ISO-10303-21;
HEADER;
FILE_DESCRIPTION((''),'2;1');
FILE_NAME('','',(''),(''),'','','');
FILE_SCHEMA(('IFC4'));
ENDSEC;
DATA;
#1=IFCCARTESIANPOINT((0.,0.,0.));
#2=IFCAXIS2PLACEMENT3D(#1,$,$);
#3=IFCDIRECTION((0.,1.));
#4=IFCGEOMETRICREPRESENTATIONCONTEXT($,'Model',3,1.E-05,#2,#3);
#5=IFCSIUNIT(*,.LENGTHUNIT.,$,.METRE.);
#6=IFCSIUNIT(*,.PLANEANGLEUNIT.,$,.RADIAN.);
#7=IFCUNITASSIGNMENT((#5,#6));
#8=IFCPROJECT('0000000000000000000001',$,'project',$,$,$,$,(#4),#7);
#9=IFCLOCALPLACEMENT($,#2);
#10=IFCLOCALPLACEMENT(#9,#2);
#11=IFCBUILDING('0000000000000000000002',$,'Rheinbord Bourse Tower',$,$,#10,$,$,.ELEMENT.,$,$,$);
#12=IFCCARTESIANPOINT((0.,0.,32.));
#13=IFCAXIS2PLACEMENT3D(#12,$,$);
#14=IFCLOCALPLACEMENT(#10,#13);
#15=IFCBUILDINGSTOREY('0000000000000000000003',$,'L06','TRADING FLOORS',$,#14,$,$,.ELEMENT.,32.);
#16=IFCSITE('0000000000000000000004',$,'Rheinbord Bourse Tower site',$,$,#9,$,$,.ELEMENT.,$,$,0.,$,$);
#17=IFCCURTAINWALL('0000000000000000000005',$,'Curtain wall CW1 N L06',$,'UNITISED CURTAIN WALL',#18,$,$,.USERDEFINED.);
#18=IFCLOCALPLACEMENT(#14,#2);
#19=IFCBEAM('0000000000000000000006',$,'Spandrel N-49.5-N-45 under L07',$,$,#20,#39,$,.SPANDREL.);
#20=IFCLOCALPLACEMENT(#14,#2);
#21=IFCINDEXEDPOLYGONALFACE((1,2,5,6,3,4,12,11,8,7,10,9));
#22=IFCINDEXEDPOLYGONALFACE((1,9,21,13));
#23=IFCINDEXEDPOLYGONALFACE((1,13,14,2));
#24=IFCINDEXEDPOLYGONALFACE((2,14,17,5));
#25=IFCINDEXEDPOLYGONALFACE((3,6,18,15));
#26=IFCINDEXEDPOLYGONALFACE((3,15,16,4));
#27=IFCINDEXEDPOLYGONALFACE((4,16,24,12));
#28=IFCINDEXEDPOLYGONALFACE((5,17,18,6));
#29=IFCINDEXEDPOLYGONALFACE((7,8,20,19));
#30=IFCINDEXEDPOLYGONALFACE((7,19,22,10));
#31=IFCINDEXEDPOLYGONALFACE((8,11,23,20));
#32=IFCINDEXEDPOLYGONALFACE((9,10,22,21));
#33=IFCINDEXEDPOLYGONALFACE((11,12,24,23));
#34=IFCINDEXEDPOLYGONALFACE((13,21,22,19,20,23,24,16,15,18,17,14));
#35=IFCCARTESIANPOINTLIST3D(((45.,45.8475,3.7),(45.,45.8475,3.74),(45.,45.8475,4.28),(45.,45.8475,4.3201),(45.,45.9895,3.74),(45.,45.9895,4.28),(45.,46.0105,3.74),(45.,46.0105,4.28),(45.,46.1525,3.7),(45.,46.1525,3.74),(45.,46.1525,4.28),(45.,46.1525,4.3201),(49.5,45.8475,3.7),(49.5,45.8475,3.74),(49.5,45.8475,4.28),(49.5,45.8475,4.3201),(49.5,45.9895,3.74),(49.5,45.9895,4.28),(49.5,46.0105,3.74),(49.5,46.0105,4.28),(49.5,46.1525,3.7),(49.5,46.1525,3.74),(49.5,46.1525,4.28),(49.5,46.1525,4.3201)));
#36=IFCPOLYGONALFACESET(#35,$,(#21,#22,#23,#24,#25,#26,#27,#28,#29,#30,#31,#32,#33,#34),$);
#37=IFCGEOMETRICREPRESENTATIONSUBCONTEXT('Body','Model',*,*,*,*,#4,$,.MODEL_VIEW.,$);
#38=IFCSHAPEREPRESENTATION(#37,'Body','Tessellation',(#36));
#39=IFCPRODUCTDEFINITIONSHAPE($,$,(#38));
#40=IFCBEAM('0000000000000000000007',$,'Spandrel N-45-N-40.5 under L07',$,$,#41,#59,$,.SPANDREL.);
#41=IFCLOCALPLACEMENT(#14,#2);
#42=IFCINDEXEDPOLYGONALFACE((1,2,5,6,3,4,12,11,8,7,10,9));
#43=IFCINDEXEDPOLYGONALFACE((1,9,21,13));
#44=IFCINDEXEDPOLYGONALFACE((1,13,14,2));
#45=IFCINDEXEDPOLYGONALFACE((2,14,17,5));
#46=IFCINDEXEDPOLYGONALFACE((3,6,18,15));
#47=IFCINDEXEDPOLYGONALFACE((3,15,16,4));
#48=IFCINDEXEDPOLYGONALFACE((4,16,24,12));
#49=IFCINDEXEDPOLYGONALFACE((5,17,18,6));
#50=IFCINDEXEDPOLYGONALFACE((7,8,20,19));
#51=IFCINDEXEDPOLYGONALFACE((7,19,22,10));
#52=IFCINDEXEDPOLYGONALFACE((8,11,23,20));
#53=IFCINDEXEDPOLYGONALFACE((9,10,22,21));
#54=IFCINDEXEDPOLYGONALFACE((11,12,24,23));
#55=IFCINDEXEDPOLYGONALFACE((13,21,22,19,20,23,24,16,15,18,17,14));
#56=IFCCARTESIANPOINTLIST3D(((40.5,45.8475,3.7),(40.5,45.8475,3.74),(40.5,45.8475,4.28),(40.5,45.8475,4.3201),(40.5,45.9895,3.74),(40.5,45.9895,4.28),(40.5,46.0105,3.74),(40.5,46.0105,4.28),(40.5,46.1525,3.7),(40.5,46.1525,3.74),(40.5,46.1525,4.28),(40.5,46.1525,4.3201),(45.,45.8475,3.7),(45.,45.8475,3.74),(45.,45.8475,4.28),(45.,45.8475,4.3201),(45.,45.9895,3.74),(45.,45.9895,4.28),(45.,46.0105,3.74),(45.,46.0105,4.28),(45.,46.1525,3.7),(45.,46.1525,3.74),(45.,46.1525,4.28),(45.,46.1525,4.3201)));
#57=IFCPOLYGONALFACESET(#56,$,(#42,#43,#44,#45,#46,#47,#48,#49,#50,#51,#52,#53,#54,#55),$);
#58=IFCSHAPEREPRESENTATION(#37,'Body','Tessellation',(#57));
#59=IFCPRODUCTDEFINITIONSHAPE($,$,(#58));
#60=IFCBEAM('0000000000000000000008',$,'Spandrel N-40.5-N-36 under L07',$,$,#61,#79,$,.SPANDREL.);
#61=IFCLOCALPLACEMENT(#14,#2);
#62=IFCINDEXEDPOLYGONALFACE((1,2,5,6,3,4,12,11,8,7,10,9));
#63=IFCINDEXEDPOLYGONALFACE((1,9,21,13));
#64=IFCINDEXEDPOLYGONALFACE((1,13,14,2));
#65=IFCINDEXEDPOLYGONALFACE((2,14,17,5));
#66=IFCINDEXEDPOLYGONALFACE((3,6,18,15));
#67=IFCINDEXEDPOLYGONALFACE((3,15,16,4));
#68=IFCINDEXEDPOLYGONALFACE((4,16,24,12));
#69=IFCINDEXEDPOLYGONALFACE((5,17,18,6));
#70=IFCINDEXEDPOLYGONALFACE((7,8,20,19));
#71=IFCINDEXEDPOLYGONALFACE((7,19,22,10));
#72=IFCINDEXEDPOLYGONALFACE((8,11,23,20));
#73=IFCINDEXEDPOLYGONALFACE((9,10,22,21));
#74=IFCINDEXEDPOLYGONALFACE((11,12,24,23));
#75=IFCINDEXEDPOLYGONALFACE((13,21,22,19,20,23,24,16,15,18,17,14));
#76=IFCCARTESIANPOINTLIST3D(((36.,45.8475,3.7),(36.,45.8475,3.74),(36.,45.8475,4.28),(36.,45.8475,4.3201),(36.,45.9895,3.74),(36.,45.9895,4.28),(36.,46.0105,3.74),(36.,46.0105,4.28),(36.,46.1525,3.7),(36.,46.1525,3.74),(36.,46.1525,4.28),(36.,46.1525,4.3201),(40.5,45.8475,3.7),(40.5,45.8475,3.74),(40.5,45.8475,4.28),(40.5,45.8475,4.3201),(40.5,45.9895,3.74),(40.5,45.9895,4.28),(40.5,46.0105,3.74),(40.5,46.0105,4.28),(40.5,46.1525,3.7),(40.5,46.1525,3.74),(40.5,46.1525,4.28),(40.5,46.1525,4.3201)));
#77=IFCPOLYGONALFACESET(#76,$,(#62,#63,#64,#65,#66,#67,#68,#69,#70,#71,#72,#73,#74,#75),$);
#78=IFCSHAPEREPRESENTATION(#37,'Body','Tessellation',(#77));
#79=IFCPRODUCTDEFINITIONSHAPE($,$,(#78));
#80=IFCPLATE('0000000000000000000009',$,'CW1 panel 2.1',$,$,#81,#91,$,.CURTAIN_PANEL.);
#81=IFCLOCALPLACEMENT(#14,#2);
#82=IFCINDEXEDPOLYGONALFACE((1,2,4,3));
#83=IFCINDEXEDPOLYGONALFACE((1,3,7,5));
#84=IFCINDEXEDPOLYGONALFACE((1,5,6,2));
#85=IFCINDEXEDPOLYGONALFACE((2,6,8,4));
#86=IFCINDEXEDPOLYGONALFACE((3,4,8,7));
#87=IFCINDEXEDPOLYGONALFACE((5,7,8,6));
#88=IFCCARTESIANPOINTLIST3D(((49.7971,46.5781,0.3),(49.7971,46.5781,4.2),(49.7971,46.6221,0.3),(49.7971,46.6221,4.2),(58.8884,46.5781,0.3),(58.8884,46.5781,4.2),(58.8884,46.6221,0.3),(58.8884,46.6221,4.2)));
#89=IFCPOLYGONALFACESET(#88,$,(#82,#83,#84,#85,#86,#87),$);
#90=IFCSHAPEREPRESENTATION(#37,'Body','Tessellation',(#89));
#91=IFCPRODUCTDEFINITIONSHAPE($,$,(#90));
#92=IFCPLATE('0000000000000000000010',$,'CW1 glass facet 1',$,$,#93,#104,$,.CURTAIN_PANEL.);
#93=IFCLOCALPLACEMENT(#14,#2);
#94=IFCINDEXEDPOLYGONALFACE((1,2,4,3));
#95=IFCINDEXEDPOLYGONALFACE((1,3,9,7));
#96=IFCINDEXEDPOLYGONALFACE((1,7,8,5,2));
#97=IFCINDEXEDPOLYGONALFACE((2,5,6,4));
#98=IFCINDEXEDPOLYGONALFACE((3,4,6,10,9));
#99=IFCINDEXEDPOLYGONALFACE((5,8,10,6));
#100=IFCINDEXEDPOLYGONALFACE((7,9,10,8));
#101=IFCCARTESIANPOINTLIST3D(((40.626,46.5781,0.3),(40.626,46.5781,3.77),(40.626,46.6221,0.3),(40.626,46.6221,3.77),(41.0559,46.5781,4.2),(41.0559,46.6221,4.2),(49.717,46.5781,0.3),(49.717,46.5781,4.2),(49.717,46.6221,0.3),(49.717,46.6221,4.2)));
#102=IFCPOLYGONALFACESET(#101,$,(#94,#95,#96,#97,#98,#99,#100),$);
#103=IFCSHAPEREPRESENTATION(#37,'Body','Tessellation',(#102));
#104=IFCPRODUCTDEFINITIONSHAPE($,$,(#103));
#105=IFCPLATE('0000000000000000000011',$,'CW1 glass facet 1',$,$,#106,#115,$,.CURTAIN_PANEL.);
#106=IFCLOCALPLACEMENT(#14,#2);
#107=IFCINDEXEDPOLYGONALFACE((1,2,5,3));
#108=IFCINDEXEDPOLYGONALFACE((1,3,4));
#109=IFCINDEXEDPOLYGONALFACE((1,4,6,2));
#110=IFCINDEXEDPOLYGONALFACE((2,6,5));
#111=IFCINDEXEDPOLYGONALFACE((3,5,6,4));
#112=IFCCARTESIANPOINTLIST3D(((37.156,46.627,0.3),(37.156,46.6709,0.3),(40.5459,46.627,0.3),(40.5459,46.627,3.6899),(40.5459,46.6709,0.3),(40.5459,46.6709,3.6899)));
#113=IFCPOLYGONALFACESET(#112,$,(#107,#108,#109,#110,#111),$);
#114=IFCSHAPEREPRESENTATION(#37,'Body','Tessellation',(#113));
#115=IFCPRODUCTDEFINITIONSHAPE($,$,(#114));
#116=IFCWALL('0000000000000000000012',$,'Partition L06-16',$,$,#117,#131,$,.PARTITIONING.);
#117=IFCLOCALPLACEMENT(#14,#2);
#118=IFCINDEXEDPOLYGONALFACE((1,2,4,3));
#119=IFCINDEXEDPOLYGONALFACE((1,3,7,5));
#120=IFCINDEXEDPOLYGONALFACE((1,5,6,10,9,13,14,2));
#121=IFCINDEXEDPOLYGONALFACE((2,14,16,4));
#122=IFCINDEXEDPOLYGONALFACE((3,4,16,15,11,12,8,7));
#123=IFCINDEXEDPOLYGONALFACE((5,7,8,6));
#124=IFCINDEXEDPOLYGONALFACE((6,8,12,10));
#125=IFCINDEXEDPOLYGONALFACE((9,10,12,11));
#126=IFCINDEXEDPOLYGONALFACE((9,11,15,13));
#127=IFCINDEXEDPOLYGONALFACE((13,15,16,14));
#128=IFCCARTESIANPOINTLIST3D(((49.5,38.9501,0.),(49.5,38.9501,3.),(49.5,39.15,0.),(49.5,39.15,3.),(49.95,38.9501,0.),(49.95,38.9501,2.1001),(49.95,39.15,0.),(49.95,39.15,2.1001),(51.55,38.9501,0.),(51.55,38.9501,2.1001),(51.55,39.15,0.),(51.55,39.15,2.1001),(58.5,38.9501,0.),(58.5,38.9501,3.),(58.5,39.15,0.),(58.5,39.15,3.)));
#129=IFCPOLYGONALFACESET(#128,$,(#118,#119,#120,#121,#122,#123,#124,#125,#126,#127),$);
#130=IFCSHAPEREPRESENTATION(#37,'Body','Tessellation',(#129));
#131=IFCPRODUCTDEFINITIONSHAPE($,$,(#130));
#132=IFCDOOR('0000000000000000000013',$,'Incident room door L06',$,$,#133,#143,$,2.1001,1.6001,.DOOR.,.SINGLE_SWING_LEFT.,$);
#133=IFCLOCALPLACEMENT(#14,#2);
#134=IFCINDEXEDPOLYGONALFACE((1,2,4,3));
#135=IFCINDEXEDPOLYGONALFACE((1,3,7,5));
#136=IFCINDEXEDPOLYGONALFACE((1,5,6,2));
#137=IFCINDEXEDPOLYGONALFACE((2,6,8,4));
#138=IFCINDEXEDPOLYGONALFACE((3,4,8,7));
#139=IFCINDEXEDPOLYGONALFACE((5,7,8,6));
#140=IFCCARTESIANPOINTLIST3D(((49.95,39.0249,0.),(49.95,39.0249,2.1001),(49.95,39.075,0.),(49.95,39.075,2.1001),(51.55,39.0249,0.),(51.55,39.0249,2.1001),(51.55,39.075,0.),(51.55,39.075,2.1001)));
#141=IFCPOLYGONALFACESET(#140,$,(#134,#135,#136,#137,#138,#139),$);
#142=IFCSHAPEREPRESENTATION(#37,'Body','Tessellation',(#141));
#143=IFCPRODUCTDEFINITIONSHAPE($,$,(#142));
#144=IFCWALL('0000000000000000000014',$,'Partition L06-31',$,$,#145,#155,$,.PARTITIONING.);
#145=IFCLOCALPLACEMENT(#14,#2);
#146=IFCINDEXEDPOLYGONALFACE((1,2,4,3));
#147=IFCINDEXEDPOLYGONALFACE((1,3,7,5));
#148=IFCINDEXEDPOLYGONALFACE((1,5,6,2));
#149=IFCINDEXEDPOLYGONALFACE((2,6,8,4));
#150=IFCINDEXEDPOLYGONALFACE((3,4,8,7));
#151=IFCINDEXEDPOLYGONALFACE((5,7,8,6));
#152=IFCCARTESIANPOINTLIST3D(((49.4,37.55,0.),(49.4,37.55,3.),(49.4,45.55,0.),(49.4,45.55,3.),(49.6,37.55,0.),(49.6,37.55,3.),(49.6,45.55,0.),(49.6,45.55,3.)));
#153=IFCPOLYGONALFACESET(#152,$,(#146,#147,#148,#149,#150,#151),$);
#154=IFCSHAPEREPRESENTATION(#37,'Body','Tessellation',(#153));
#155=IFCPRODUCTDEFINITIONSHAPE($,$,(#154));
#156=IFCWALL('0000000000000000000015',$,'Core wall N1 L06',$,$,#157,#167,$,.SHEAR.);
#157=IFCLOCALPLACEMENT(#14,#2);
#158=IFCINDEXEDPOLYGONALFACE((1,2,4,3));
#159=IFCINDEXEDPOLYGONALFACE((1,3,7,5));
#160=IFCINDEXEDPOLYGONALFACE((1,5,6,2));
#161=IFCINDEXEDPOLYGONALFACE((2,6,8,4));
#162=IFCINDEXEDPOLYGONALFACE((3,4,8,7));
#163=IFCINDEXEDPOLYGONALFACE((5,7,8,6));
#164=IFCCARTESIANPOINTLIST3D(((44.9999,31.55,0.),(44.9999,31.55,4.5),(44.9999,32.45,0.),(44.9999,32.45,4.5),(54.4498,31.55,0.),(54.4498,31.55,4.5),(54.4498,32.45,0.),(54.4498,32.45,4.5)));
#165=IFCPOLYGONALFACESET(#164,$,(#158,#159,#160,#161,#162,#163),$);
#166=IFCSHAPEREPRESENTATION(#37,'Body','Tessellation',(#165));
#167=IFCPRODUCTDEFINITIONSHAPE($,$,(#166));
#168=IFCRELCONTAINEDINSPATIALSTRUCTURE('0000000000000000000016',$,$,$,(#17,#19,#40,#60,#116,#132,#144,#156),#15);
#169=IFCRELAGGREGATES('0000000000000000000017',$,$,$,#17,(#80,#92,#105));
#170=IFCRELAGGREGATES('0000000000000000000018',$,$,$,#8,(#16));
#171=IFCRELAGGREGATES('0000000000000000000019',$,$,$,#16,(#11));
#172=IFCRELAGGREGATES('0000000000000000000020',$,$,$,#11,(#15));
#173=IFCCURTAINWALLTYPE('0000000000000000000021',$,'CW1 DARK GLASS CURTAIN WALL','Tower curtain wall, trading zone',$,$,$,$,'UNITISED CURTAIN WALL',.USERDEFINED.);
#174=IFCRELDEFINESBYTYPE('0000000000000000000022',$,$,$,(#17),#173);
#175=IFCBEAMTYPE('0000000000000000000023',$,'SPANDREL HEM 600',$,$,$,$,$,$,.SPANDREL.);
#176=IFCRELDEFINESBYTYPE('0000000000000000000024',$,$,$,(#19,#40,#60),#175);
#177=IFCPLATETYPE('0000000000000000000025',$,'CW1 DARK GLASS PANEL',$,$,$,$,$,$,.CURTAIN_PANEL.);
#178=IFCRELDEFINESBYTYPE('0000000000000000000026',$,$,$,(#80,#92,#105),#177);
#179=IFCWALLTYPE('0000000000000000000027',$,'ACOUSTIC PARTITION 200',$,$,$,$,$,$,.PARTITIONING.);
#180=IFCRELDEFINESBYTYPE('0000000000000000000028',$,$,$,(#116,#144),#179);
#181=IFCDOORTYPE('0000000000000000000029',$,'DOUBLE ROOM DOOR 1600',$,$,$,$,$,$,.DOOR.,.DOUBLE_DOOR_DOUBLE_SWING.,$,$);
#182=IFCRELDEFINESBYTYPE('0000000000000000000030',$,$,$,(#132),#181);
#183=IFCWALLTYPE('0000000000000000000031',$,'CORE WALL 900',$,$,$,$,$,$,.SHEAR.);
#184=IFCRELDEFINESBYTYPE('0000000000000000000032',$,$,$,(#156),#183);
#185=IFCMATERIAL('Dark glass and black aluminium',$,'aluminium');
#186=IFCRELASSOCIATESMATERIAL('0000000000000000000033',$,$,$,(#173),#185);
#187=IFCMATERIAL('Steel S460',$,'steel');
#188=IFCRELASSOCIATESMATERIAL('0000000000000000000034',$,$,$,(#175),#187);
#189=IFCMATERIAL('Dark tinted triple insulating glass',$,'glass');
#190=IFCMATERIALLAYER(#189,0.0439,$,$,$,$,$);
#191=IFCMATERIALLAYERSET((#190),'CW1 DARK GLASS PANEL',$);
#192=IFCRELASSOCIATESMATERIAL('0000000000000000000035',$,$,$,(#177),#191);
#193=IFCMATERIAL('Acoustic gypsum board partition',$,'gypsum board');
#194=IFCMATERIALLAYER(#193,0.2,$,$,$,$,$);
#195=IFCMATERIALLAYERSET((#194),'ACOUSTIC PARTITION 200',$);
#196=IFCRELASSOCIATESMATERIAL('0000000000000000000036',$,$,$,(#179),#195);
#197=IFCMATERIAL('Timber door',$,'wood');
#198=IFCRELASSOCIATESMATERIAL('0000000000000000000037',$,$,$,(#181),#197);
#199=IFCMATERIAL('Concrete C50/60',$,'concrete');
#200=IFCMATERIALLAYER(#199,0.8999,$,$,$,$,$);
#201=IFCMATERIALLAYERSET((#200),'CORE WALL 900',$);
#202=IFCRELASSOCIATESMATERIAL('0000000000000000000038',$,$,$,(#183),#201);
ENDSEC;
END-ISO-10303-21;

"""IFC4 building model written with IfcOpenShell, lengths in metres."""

from ifc_helpers import new_model, si_unit, direction, frame, frame_2d, origin, origin_2d, place, context, subcontext, project, spatial, polyline, rectangle, i_section, outline, extrude, material, layer, layer_set, material_profile, profile_set, type_object, element, fill, aggregate, save


model = new_model("IFC4")

# Units and contexts
model_context = context("Model", 3, precision=1e-05, world=origin(), true_north=direction((0.0, 1.0)))
body_context = subcontext(model_context, "Body", "Model", "MODEL_VIEW")
ifc_project = project(units=[si_unit("LENGTHUNIT", "METRE"), si_unit("PLANEANGLEUNIT", "RADIAN")], contexts=[model_context])

# Site, building, storey
site_placement = place(None, origin())
site = spatial("IfcSite", under=ifc_project, at=site_placement, Name="Rheinbord Bourse Tower site", CompositionType="ELEMENT", RefElevation=0.0)
building_placement = place(site_placement, origin())
building = spatial("IfcBuilding", under=site, at=building_placement, Name="Rheinbord Bourse Tower", CompositionType="ELEMENT")
storey_placement = place(building_placement, frame((0.0, 0.0, 32.0)))
storey = spatial("IfcBuildingStorey", under=building, at=storey_placement, Name="L06", Description="TRADING FLOORS", CompositionType="ELEMENT", Elevation=32.0)

# Curtain wall
ifc_material_1 = material(Name="Dark glass and black aluminium", Category="aluminium")
curtain_wall_type = type_object("IfcCurtainWallType", Name="CW1 DARK GLASS CURTAIN WALL", Description="Tower curtain wall, trading zone", ElementType="UNITISED CURTAIN WALL", PredefinedType="USERDEFINED", material=ifc_material_1)
curtain_wall_placement = place(storey_placement, origin())
curtain_wall = element("IfcCurtainWall", 1, at=curtain_wall_placement, inside=storey, type_object=curtain_wall_type, Name="Curtain wall CW1 N L06", ObjectType="UNITISED CURTAIN WALL", PredefinedType="USERDEFINED")

# Beams
ifc_material_2 = material(Name="Steel S460", Category="steel")
ifc_material_profile_1 = material_profile(ifc_material_2, i_section(OverallWidth=0.3049, OverallDepth=0.6201, WebThickness=0.021, FlangeThickness=0.04, at=origin_2d()), Name="HEM 600")
ifc_profile_set_1 = profile_set([ifc_material_profile_1], Name="Steel S460")
beam_type_1 = type_object("IfcBeamType", Name="SPANDREL HEM 600", PredefinedType="SPANDREL", material=ifc_profile_set_1)
for number, where, z_axis, x_axis, name in (
    (2, (49.5, 46.0, 4.01), (-1.0, 0.0, 0.0), (0.0, -1.0, 0.0), "Spandrel N-49.5-N-45 under L07"),
    (3, (45.0, 46.0, 4.01), (-1.0, 0.0, 0.0), (0.0, -1.0, 0.0), "Spandrel N-45-N-40.5 under L07"),
    (4, (40.5, 46.0, 4.01), (-1.0, 0.0, 0.0), (0.0, -1.0, 0.0), "Spandrel N-40.5-N-36 under L07"),
):
    element("IfcBeam", number, at=place(storey_placement, frame(where, z_axis=z_axis, x_axis=x_axis)), inside=storey, type_object=beam_type_1, Name=name, PredefinedType="SPANDREL", context=body_context, shape_type="SweptSolid", body=[
        extrude(i_section(OverallWidth=0.3049, OverallDepth=0.6201, WebThickness=0.021, FlangeThickness=0.04, at=origin_2d()), origin(), (0.0, 0.0, 1.0), 4.5),
    ])

# Plates
ifc_material_3 = material(Name="Dark tinted triple insulating glass", Category="glass")
ifc_layer_1 = layer(ifc_material_3, 0.0439)
ifc_layer_set_1 = layer_set([ifc_layer_1], Name="CW1 DARK GLASS PANEL")
plate_type = type_object("IfcPlateType", Name="CW1 DARK GLASS PANEL", PredefinedType="CURTAIN_PANEL", material=ifc_layer_set_1)
plate_1_placement = place(storey_placement, frame((54.3428, 46.6001, 0.3), z_axis=(0.0, 0.0, 1.0), x_axis=(-1.0, 0.0, 0.0)))
plate_1 = element("IfcPlate", 5, at=plate_1_placement, type_object=plate_type, Name="CW1 panel 2.1", PredefinedType="CURTAIN_PANEL", context=body_context, shape_type="SweptSolid", body=[
    extrude(rectangle(XDim=9.0913, YDim=0.0439, at=origin_2d()), origin(), (0.0, 0.0, 1.0), 3.8999),
])
plate_2_placement = place(storey_placement, frame((40.626, 46.6221, 0.3), z_axis=(0.0, -1.0, 0.0), x_axis=(1.0, 0.0, 0.0)))
plate_2 = element("IfcPlate", 6, at=plate_2_placement, type_object=plate_type, Name="CW1 glass facet 1", PredefinedType="CURTAIN_PANEL", context=body_context, shape_type="SweptSolid", body=[
    extrude(outline(polyline([(0.0, 0.0), (9.0911, 0.0), (9.0911, 3.8999), (0.4299, 3.8999), (0.0, 3.47), (0.0, 0.0)])), origin(), (0.0, 0.0, 1.0), 0.0439),
])
plate_3_placement = place(storey_placement, frame((40.5459, 46.6709, 0.3), z_axis=(0.0, -1.0, 0.0), x_axis=(0.0, 0.0, 1.0)))
plate_3 = element("IfcPlate", 7, at=plate_3_placement, type_object=plate_type, Name="CW1 glass facet 1", PredefinedType="CURTAIN_PANEL", context=body_context, shape_type="SweptSolid", body=[
    extrude(outline(polyline([(0.0, 0.0), (3.3899, 0.0), (0.0, 3.3899), (0.0, 0.0)])), origin(), (0.0, 0.0, 1.0), 0.0439),
])
aggregate(curtain_wall, [plate_1, plate_2, plate_3])

# Wall, opening, door
ifc_material_4 = material(Name="Acoustic gypsum board partition", Category="gypsum board")
ifc_layer_2 = layer(ifc_material_4, 0.2)
ifc_layer_set_2 = layer_set([ifc_layer_2], Name="ACOUSTIC PARTITION 200")
wall_type_1 = type_object("IfcWallType", Name="ACOUSTIC PARTITION 200", PredefinedType="PARTITIONING", material=ifc_layer_set_2)
wall_1_placement = place(storey_placement, frame((49.5, 39.05, 0.0), z_axis=(0.0, 0.0, 1.0), x_axis=(1.0, 0.0, 0.0)))
wall_1 = element("IfcWall", 8, at=wall_1_placement, inside=storey, type_object=wall_type_1, Name="Partition L06-16", PredefinedType="PARTITIONING", context=body_context, shape_type="SweptSolid", body=[
    extrude(rectangle(XDim=9.0, YDim=0.2, at=frame_2d((4.5, 0.0))), origin(), (0.0, 0.0, 1.0), 3.0),
])
opening_1_placement = place(wall_1_placement, frame((0.45, 0.0, 0.0)))
opening_1 = element("IfcOpeningElement", 9, at=opening_1_placement, cuts=wall_1, PredefinedType="OPENING", context=body_context, shape_type="SweptSolid", body=[
    extrude(rectangle(XDim=1.6001, YDim=2.1001, at=frame_2d((0.8, 1.05))), frame((0.0, 0.1099, 0.0), z_axis=(0.0, -1.0, 0.0), x_axis=(1.0, 0.0, 0.0)), (0.0, 0.0, 1.0), 0.22),
])
ifc_material_5 = material(Name="Timber door", Category="wood")
door_type = type_object("IfcDoorType", Name="DOUBLE ROOM DOOR 1600", OperationType="DOUBLE_DOOR_DOUBLE_SWING", PredefinedType="DOOR", material=ifc_material_5)
door_1_placement = place(opening_1_placement, origin())
door_1 = element("IfcDoor", 10, at=door_1_placement, inside=storey, type_object=door_type, Name="Incident room door L06", OperationType="SINGLE_SWING_LEFT", OverallHeight=2.1001, OverallWidth=1.6001, PredefinedType="DOOR", context=body_context, shape_type="SweptSolid", body=[
    extrude(rectangle(XDim=1.6001, YDim=2.1001, at=frame_2d((0.8, 1.05))), frame((0.0, 0.0249, 0.0), z_axis=(0.0, -1.0, 0.0), x_axis=(1.0, 0.0, 0.0)), (0.0, 0.0, 1.0), 0.05),
])
fill(opening_1, door_1)

# Walls
wall_2_placement = place(storey_placement, frame((49.5, 37.55, 0.0), z_axis=(0.0, 0.0, 1.0), x_axis=(0.0, 1.0, 0.0)))
element("IfcWall", 11, at=wall_2_placement, inside=storey, type_object=wall_type_1, Name="Partition L06-31", PredefinedType="PARTITIONING", context=body_context, shape_type="SweptSolid", body=[
    extrude(rectangle(XDim=8.0, YDim=0.2, at=frame_2d((4.0, 0.0))), origin(), (0.0, 0.0, 1.0), 3.0),
])
ifc_material_6 = material(Name="Concrete C50/60", Category="concrete")
ifc_layer_3 = layer(ifc_material_6, 0.8999)
ifc_layer_set_3 = layer_set([ifc_layer_3], Name="CORE WALL 900")
wall_type_2 = type_object("IfcWallType", Name="CORE WALL 900", PredefinedType="SHEAR", material=ifc_layer_set_3)
wall_3_placement = place(storey_placement, frame((54.45, 32.0, 0.0), z_axis=(0.0, 0.0, 1.0), x_axis=(-1.0, 0.0, 0.0)))
element("IfcWall", 12, at=wall_3_placement, inside=storey, type_object=wall_type_2, Name="Core wall N1 L06", PredefinedType="SHEAR", context=body_context, shape_type="SweptSolid", body=[
    extrude(rectangle(XDim=9.45, YDim=0.8999, at=frame_2d((4.7251, 0.0))), origin(), (0.0, 0.0, 1.0), 4.5),
])

save(model, "model.ifc")
